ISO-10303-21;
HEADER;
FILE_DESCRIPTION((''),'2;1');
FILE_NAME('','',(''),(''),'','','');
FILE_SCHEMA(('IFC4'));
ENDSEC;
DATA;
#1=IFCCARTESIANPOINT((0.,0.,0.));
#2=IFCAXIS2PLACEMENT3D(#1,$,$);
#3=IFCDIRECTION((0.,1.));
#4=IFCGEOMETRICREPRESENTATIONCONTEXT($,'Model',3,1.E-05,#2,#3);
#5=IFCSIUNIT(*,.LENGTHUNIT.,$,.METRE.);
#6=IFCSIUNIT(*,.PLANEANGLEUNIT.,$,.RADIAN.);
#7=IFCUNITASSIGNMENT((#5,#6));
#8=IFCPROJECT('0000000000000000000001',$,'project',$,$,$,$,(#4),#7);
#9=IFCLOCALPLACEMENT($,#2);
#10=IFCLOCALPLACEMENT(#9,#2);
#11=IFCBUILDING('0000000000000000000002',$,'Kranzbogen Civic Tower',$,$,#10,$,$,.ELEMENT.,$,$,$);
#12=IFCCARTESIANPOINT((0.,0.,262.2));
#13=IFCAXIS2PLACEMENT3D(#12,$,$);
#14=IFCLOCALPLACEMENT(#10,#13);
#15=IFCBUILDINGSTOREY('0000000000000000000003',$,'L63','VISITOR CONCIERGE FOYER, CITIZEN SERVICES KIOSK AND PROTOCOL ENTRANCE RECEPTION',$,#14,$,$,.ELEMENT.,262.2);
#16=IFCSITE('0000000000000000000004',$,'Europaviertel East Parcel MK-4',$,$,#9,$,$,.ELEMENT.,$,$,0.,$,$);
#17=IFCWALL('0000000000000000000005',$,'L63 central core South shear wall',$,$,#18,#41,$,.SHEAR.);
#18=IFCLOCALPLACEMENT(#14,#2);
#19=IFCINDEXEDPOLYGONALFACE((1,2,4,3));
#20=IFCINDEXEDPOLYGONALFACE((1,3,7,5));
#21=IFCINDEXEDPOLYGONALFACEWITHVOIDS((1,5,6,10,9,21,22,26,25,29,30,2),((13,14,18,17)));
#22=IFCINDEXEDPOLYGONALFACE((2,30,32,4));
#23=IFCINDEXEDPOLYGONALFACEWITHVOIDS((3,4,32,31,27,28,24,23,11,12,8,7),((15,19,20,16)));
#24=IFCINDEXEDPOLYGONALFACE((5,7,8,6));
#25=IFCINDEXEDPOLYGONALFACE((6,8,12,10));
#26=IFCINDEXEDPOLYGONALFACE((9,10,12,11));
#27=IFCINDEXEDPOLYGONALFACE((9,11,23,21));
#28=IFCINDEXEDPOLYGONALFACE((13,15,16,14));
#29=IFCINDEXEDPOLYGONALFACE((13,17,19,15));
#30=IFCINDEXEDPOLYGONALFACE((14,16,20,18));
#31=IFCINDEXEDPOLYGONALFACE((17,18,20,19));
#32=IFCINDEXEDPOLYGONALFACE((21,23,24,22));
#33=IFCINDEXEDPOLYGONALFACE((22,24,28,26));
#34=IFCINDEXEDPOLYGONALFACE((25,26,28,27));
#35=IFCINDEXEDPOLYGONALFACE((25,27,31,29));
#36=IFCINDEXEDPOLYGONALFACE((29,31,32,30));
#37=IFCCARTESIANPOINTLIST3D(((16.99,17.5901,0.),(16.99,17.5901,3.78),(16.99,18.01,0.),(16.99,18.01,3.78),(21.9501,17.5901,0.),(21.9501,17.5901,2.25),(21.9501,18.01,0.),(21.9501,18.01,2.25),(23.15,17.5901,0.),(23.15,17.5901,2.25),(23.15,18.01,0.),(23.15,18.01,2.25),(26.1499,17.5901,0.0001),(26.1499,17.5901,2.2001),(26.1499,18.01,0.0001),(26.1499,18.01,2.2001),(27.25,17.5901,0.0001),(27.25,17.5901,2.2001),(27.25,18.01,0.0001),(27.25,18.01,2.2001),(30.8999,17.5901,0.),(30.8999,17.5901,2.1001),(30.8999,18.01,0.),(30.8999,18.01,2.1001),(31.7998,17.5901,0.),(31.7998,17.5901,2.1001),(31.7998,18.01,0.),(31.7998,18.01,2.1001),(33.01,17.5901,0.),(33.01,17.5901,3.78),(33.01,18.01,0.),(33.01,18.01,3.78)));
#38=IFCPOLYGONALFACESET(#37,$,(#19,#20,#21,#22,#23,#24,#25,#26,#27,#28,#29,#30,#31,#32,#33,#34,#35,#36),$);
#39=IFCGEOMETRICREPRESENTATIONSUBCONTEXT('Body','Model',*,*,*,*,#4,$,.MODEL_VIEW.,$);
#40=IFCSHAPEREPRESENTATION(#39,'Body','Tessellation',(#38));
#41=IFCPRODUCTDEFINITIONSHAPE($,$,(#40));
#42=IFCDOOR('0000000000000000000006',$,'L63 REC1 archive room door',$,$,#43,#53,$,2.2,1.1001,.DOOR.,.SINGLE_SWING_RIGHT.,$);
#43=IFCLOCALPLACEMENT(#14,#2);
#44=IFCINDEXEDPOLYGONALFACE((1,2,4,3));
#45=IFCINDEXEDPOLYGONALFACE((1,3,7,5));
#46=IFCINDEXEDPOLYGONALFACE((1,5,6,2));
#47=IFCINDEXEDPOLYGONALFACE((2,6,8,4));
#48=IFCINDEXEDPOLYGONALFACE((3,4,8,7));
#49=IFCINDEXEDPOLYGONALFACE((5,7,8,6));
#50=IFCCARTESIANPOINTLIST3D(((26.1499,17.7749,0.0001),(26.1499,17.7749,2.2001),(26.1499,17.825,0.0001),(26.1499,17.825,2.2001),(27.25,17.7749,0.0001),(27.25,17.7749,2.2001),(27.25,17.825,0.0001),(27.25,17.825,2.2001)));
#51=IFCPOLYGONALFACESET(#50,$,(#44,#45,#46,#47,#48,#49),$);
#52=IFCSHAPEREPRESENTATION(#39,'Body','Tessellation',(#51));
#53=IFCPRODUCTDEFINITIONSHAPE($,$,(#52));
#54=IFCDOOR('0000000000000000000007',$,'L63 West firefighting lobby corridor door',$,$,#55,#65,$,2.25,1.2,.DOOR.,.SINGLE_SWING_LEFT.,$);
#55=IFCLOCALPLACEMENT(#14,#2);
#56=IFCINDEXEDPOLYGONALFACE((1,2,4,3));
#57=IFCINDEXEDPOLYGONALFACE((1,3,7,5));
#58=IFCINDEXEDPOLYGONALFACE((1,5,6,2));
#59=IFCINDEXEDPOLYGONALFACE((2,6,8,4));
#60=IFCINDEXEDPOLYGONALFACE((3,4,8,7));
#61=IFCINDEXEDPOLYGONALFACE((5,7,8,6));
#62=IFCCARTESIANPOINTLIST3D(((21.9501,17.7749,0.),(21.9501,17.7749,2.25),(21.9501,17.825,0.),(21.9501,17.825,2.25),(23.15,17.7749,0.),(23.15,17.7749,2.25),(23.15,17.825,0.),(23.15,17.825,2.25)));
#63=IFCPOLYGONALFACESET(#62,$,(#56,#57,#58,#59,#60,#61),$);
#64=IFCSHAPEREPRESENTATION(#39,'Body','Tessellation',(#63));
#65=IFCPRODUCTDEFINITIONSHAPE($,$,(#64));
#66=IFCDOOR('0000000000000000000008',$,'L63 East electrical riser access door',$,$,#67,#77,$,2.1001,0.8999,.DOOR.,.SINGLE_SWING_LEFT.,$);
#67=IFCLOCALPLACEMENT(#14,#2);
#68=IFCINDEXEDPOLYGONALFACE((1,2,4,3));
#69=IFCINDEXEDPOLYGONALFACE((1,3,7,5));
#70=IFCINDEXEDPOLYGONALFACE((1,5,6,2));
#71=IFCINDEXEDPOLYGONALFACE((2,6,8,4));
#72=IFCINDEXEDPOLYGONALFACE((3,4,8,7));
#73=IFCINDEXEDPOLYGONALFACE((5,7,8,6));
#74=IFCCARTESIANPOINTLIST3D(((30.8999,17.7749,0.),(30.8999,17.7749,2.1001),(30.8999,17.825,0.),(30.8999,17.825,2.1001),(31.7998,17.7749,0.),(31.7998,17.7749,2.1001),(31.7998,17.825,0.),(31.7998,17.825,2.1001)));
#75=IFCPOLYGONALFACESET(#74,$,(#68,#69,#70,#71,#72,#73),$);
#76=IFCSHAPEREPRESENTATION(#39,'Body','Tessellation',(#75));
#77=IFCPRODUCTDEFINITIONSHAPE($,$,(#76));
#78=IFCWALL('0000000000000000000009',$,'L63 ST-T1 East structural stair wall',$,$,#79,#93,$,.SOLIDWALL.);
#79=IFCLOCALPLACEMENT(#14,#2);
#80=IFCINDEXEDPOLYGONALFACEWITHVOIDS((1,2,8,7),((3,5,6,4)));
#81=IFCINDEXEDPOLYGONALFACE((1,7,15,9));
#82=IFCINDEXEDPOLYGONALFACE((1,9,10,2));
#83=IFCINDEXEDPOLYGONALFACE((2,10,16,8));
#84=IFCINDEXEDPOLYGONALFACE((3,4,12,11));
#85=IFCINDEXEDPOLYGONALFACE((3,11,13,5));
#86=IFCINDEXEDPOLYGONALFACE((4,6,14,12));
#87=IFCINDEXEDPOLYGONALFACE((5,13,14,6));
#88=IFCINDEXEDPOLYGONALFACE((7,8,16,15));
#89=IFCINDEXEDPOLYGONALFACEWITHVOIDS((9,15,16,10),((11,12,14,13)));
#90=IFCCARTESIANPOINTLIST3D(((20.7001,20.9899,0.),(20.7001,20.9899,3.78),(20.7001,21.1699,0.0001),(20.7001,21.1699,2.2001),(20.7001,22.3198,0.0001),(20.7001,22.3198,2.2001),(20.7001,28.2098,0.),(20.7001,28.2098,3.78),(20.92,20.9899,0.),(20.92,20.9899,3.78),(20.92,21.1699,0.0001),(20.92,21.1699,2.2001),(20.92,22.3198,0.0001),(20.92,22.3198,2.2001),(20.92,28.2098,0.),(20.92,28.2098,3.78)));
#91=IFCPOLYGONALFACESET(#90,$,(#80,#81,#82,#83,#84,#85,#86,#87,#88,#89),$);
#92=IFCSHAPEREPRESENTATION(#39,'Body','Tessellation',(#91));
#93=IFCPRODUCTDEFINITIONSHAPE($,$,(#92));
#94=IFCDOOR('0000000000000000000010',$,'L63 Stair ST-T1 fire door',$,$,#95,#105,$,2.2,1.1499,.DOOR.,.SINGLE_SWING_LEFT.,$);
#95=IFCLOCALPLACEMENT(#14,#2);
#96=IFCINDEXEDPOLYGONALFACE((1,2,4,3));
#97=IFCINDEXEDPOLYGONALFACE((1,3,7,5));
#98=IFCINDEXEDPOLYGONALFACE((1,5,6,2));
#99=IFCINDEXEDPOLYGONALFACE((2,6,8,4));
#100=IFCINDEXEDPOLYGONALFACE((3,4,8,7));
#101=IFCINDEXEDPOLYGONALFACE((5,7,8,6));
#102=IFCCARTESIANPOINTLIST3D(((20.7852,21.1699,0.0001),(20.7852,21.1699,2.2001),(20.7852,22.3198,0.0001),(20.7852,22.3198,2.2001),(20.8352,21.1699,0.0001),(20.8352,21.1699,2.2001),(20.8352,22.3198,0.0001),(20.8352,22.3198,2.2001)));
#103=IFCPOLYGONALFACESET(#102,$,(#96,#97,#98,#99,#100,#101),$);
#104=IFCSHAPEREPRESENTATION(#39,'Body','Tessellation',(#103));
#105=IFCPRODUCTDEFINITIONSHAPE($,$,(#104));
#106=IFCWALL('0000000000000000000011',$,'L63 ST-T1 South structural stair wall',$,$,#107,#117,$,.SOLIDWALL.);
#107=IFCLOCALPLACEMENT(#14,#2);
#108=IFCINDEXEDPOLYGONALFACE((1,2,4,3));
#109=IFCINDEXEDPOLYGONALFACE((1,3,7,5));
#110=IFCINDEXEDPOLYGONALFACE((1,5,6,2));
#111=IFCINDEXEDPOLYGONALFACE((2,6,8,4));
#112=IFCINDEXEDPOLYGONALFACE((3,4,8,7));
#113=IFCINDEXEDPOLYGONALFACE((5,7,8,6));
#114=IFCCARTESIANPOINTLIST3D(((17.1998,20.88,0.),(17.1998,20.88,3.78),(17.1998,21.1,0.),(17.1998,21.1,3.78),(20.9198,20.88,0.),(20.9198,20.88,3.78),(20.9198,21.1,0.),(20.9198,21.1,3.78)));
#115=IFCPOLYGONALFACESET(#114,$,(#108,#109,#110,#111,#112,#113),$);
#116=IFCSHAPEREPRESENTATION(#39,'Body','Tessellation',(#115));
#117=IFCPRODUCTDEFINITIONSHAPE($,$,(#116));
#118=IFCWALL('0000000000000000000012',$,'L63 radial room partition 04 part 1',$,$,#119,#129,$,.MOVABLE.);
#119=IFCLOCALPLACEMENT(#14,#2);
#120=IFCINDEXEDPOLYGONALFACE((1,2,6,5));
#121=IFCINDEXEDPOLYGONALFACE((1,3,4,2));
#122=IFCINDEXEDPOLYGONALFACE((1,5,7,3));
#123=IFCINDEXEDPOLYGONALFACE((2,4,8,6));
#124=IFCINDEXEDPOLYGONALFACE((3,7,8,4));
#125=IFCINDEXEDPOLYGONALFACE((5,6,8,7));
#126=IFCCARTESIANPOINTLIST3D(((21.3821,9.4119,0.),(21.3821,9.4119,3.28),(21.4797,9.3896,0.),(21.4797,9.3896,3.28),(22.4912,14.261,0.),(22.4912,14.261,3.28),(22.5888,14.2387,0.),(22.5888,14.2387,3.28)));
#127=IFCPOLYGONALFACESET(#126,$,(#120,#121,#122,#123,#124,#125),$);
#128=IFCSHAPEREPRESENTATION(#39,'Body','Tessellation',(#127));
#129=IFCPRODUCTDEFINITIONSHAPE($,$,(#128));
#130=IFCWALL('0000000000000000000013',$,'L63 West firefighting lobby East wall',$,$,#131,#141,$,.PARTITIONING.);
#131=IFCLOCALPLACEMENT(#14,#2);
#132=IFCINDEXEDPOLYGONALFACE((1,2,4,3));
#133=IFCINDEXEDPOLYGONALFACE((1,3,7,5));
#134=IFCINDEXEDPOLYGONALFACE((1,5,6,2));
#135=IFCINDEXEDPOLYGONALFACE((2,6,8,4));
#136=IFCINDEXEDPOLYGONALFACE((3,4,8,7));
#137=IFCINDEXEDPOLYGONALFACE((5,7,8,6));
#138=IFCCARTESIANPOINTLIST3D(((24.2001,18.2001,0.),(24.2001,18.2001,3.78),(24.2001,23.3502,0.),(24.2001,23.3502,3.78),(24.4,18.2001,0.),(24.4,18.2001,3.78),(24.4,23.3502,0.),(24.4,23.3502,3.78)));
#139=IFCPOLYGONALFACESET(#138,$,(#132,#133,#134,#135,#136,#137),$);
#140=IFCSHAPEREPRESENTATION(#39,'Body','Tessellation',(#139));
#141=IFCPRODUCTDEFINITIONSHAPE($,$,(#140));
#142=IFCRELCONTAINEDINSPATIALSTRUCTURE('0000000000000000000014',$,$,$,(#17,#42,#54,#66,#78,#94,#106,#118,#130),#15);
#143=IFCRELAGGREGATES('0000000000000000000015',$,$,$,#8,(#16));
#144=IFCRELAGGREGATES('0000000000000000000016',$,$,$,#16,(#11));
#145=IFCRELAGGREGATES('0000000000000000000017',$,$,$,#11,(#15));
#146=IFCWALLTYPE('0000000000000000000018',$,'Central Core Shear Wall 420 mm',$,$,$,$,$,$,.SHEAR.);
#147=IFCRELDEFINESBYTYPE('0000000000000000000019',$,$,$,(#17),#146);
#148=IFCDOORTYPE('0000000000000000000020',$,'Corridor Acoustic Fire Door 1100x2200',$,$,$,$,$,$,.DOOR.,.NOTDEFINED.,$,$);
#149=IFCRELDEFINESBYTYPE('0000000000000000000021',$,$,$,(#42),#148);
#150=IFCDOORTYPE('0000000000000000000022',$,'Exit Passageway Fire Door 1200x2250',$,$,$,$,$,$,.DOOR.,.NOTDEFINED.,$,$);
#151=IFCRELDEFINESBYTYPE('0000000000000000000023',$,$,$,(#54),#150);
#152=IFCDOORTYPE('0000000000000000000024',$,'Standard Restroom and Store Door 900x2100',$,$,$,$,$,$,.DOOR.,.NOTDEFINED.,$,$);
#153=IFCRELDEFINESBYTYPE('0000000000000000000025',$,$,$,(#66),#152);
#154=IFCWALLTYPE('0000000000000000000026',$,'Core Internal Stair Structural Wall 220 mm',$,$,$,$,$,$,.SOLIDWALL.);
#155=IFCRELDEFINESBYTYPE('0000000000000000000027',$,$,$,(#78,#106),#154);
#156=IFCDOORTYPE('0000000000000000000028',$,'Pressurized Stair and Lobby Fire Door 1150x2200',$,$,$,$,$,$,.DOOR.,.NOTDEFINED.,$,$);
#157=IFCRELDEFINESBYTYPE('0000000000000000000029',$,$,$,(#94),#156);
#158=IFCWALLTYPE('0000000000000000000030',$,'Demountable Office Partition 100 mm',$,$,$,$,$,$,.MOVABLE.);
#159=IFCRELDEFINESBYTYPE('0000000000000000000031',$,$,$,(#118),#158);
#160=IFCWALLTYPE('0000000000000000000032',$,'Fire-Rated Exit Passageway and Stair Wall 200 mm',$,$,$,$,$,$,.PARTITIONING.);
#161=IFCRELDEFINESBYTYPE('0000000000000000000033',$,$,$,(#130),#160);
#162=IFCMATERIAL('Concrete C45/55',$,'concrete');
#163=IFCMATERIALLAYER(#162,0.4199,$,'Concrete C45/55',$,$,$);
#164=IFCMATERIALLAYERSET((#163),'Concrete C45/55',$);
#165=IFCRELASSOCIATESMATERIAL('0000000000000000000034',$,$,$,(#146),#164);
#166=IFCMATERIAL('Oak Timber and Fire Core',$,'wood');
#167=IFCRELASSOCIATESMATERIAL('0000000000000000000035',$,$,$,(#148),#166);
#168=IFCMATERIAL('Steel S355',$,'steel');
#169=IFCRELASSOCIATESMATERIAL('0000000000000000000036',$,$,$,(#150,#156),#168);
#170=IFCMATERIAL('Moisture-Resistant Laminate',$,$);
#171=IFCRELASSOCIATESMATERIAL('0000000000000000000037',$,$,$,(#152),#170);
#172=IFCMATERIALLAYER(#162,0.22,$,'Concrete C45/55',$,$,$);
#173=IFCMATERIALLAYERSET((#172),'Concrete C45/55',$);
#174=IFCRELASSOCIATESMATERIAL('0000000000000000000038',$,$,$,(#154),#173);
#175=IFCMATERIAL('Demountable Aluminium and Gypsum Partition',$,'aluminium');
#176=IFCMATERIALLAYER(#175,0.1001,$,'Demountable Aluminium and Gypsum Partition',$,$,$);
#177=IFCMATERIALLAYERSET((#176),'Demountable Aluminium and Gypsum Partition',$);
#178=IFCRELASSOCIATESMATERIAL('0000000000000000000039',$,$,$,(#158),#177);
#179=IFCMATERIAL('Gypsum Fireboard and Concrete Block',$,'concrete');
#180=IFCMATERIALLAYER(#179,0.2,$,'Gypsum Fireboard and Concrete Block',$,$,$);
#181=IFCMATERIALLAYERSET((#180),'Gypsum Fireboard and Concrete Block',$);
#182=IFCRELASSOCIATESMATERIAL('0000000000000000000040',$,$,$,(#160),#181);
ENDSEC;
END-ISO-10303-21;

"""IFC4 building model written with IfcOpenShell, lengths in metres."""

from ifc_helpers import new_model, si_unit, direction, frame, frame_2d, origin, place, context, subcontext, project, spatial, rectangle, extrude, material, layer, layer_set, type_object, element, fill, save


model = new_model("IFC4")

# Units and contexts
model_context = context("Model", 3, precision=1e-05, world=origin(), true_north=direction((0.0, 1.0)))
body_context = subcontext(model_context, "Body", "Model", "MODEL_VIEW")
ifc_project = project(units=[si_unit("LENGTHUNIT", "METRE"), si_unit("PLANEANGLEUNIT", "RADIAN")], contexts=[model_context])

# Site, building, storey
site_placement = place(None, origin())
site = spatial("IfcSite", under=ifc_project, at=site_placement, Name="Europaviertel East Parcel MK-4", CompositionType="ELEMENT", RefElevation=0.0)
building_placement = place(site_placement, origin())
building = spatial("IfcBuilding", under=site, at=building_placement, Name="Kranzbogen Civic Tower", CompositionType="ELEMENT")
storey_placement = place(building_placement, frame((0.0, 0.0, 262.2)))
storey = spatial("IfcBuildingStorey", under=building, at=storey_placement, Name="L63", Description="VISITOR CONCIERGE FOYER, CITIZEN SERVICES KIOSK AND PROTOCOL ENTRANCE RECEPTION", CompositionType="ELEMENT", Elevation=262.2)

# Shared definitions
ifc_material_1 = material(Name="Steel S355", Category="steel")

# Wall, openings, doors
ifc_material_2 = material(Name="Concrete C45/55", Category="concrete")
ifc_layer_1 = layer(ifc_material_2, 0.4199, Name="Concrete C45/55")
ifc_layer_set_1 = layer_set([ifc_layer_1], Name="Concrete C45/55")
wall_type_1 = type_object("IfcWallType", Name="Central Core Shear Wall 420 mm", PredefinedType="SHEAR", material=ifc_layer_set_1)
wall_1_placement = place(storey_placement, frame((16.99, 17.8, 0.0), z_axis=(0.0, 0.0, 1.0), x_axis=(1.0, 0.0, 0.0)))
wall_1 = element("IfcWall", 1, at=wall_1_placement, inside=storey, type_object=wall_type_1, Name="L63 central core South shear wall", PredefinedType="SHEAR", context=body_context, shape_type="SweptSolid", body=[
    extrude(rectangle(XDim=16.02, YDim=0.4199, at=frame_2d((8.01, 0.0))), origin(), (0.0, 0.0, 1.0), 3.78),
])
opening_1_placement = place(wall_1_placement, frame((4.96, 0.0, 0.0)))
opening_1 = element("IfcOpeningElement", 2, at=opening_1_placement, cuts=wall_1, PredefinedType="OPENING", context=body_context, shape_type="SweptSolid", body=[
    extrude(rectangle(XDim=1.2, YDim=2.25, at=frame_2d((0.6001, 1.125))), frame((0.0, 0.22, 0.0), z_axis=(0.0, -1.0, 0.0), x_axis=(1.0, 0.0, 0.0)), (0.0, 0.0, 1.0), 0.4399),
])
opening_2_placement = place(wall_1_placement, frame((13.9099, 0.0, 0.0)))
opening_2 = element("IfcOpeningElement", 3, at=opening_2_placement, cuts=wall_1, PredefinedType="OPENING", context=body_context, shape_type="SweptSolid", body=[
    extrude(rectangle(XDim=0.8999, YDim=2.1001, at=frame_2d((0.45, 1.05))), frame((0.0, 0.22, 0.0), z_axis=(0.0, -1.0, 0.0), x_axis=(1.0, 0.0, 0.0)), (0.0, 0.0, 1.0), 0.4399),
])
opening_3_placement = place(wall_1_placement, frame((9.1599, 0.0, 0.0)))
opening_3 = element("IfcOpeningElement", 4, at=opening_3_placement, cuts=wall_1, PredefinedType="OPENING", context=body_context, shape_type="SweptSolid", body=[
    extrude(rectangle(XDim=1.1001, YDim=2.2, at=frame_2d((0.55, 1.1001))), frame((0.0, 0.22, 0.0), z_axis=(0.0, -1.0, 0.0), x_axis=(1.0, 0.0, 0.0)), (0.0, 0.0, 1.0), 0.4399),
])
ifc_material_3 = material(Name="Oak Timber and Fire Core", Category="wood")
door_type_1 = type_object("IfcDoorType", Name="Corridor Acoustic Fire Door 1100x2200", OperationType="NOTDEFINED", PredefinedType="DOOR", material=ifc_material_3)
door_1_placement = place(opening_3_placement, origin())
door_1 = element("IfcDoor", 5, at=door_1_placement, inside=storey, type_object=door_type_1, Name="L63 REC1 archive room door", OperationType="SINGLE_SWING_RIGHT", OverallHeight=2.2, OverallWidth=1.1001, PredefinedType="DOOR", context=body_context, shape_type="SweptSolid", body=[
    extrude(rectangle(XDim=1.1001, YDim=2.2, at=frame_2d((0.55, 1.1001))), frame((0.0, 0.0249, 0.0), z_axis=(0.0, -1.0, 0.0), x_axis=(1.0, 0.0, 0.0)), (0.0, 0.0, 1.0), 0.05),
])
fill(opening_3, door_1)
door_type_2 = type_object("IfcDoorType", Name="Exit Passageway Fire Door 1200x2250", OperationType="NOTDEFINED", PredefinedType="DOOR", material=ifc_material_1)
door_2_placement = place(opening_1_placement, origin())
door_2 = element("IfcDoor", 6, at=door_2_placement, inside=storey, type_object=door_type_2, Name="L63 West firefighting lobby corridor door", OperationType="SINGLE_SWING_LEFT", OverallHeight=2.25, OverallWidth=1.2, PredefinedType="DOOR", context=body_context, shape_type="SweptSolid", body=[
    extrude(rectangle(XDim=1.2, YDim=2.25, at=frame_2d((0.6001, 1.125))), frame((0.0, 0.0249, 0.0), z_axis=(0.0, -1.0, 0.0), x_axis=(1.0, 0.0, 0.0)), (0.0, 0.0, 1.0), 0.05),
])
fill(opening_1, door_2)
ifc_material_4 = material(Name="Moisture-Resistant Laminate")
door_type_3 = type_object("IfcDoorType", Name="Standard Restroom and Store Door 900x2100", OperationType="NOTDEFINED", PredefinedType="DOOR", material=ifc_material_4)
door_3_placement = place(opening_2_placement, origin())
door_3 = element("IfcDoor", 7, at=door_3_placement, inside=storey, type_object=door_type_3, Name="L63 East electrical riser access door", OperationType="SINGLE_SWING_LEFT", OverallHeight=2.1001, OverallWidth=0.8999, PredefinedType="DOOR", context=body_context, shape_type="SweptSolid", body=[
    extrude(rectangle(XDim=0.8999, YDim=2.1001, at=frame_2d((0.45, 1.05))), frame((0.0, 0.0249, 0.0), z_axis=(0.0, -1.0, 0.0), x_axis=(1.0, 0.0, 0.0)), (0.0, 0.0, 1.0), 0.05),
])
fill(opening_2, door_3)

# Wall, opening, door
ifc_layer_2 = layer(ifc_material_2, 0.22, Name="Concrete C45/55")
ifc_layer_set_2 = layer_set([ifc_layer_2], Name="Concrete C45/55")
wall_type_2 = type_object("IfcWallType", Name="Core Internal Stair Structural Wall 220 mm", PredefinedType="SOLIDWALL", material=ifc_layer_set_2)
wall_2_placement = place(storey_placement, frame((20.8101, 20.99, 0.0), z_axis=(0.0, 0.0, 1.0), x_axis=(0.0, 1.0, 0.0)))
wall_2 = element("IfcWall", 8, at=wall_2_placement, inside=storey, type_object=wall_type_2, Name="L63 ST-T1 East structural stair wall", PredefinedType="SOLIDWALL", context=body_context, shape_type="SweptSolid", body=[
    extrude(rectangle(XDim=7.22, YDim=0.22, at=frame_2d((3.6099, 0.0))), origin(), (0.0, 0.0, 1.0), 3.78),
])
opening_4_placement = place(wall_2_placement, frame((0.1799, 0.0, 0.0)))
opening_4 = element("IfcOpeningElement", 9, at=opening_4_placement, cuts=wall_2, PredefinedType="OPENING", context=body_context, shape_type="SweptSolid", body=[
    extrude(rectangle(XDim=1.1499, YDim=2.2, at=frame_2d((0.575, 1.1001))), frame((0.0, 0.1201, 0.0), z_axis=(0.0, -1.0, 0.0), x_axis=(1.0, 0.0, 0.0)), (0.0, 0.0, 1.0), 0.24),
])
door_type_4 = type_object("IfcDoorType", Name="Pressurized Stair and Lobby Fire Door 1150x2200", OperationType="NOTDEFINED", PredefinedType="DOOR", material=ifc_material_1)
door_4_placement = place(opening_4_placement, origin())
door_4 = element("IfcDoor", 10, at=door_4_placement, inside=storey, type_object=door_type_4, Name="L63 Stair ST-T1 fire door", OperationType="SINGLE_SWING_LEFT", OverallHeight=2.2, OverallWidth=1.1499, PredefinedType="DOOR", context=body_context, shape_type="SweptSolid", body=[
    extrude(rectangle(XDim=1.1499, YDim=2.2, at=frame_2d((0.575, 1.1001))), frame((0.0, 0.0249, 0.0), z_axis=(0.0, -1.0, 0.0), x_axis=(1.0, 0.0, 0.0)), (0.0, 0.0, 1.0), 0.05),
])
fill(opening_4, door_4)

# Walls
wall_3_placement = place(storey_placement, frame((17.2, 20.99, 0.0), z_axis=(0.0, 0.0, 1.0), x_axis=(1.0, 0.0, 0.0)))
element("IfcWall", 11, at=wall_3_placement, inside=storey, type_object=wall_type_2, Name="L63 ST-T1 South structural stair wall", PredefinedType="SOLIDWALL", context=body_context, shape_type="SweptSolid", body=[
    extrude(rectangle(XDim=3.72, YDim=0.22, at=frame_2d((1.8599, 0.0))), origin(), (0.0, 0.0, 1.0), 3.78),
])
ifc_material_5 = material(Name="Demountable Aluminium and Gypsum Partition", Category="aluminium")
ifc_layer_3 = layer(ifc_material_5, 0.1001, Name="Demountable Aluminium and Gypsum Partition")
ifc_layer_set_3 = layer_set([ifc_layer_3], Name="Demountable Aluminium and Gypsum Partition")
wall_type_3 = type_object("IfcWallType", Name="Demountable Office Partition 100 mm", PredefinedType="MOVABLE", material=ifc_layer_set_3)
wall_4_placement = place(storey_placement, frame((22.54, 14.25, 0.0), z_axis=(0.0, 0.0, 1.0), x_axis=(-0.22297, -0.974825, 0.0)))
element("IfcWall", 12, at=wall_4_placement, inside=storey, type_object=wall_type_3, Name="L63 radial room partition 04 part 1", PredefinedType="MOVABLE", context=body_context, shape_type="SweptSolid", body=[
    extrude(rectangle(XDim=4.9744, YDim=0.1001, at=frame_2d((2.4873, 0.0))), origin(), (0.0, 0.0, 1.0), 3.28),
])
ifc_material_6 = material(Name="Gypsum Fireboard and Concrete Block", Category="concrete")
ifc_layer_4 = layer(ifc_material_6, 0.2, Name="Gypsum Fireboard and Concrete Block")
ifc_layer_set_4 = layer_set([ifc_layer_4], Name="Gypsum Fireboard and Concrete Block")
wall_type_4 = type_object("IfcWallType", Name="Fire-Rated Exit Passageway and Stair Wall 200 mm", PredefinedType="PARTITIONING", material=ifc_layer_set_4)
wall_5_placement = place(storey_placement, frame((24.3, 18.2, 0.0), z_axis=(0.0, 0.0, 1.0), x_axis=(0.0, 1.0, 0.0)))
element("IfcWall", 13, at=wall_5_placement, inside=storey, type_object=wall_type_4, Name="L63 West firefighting lobby East wall", PredefinedType="PARTITIONING", context=body_context, shape_type="SweptSolid", body=[
    extrude(rectangle(XDim=5.1501, YDim=0.2, at=frame_2d((2.5752, 0.0))), origin(), (0.0, 0.0, 1.0), 3.78),
])

save(model, "model.ifc")
